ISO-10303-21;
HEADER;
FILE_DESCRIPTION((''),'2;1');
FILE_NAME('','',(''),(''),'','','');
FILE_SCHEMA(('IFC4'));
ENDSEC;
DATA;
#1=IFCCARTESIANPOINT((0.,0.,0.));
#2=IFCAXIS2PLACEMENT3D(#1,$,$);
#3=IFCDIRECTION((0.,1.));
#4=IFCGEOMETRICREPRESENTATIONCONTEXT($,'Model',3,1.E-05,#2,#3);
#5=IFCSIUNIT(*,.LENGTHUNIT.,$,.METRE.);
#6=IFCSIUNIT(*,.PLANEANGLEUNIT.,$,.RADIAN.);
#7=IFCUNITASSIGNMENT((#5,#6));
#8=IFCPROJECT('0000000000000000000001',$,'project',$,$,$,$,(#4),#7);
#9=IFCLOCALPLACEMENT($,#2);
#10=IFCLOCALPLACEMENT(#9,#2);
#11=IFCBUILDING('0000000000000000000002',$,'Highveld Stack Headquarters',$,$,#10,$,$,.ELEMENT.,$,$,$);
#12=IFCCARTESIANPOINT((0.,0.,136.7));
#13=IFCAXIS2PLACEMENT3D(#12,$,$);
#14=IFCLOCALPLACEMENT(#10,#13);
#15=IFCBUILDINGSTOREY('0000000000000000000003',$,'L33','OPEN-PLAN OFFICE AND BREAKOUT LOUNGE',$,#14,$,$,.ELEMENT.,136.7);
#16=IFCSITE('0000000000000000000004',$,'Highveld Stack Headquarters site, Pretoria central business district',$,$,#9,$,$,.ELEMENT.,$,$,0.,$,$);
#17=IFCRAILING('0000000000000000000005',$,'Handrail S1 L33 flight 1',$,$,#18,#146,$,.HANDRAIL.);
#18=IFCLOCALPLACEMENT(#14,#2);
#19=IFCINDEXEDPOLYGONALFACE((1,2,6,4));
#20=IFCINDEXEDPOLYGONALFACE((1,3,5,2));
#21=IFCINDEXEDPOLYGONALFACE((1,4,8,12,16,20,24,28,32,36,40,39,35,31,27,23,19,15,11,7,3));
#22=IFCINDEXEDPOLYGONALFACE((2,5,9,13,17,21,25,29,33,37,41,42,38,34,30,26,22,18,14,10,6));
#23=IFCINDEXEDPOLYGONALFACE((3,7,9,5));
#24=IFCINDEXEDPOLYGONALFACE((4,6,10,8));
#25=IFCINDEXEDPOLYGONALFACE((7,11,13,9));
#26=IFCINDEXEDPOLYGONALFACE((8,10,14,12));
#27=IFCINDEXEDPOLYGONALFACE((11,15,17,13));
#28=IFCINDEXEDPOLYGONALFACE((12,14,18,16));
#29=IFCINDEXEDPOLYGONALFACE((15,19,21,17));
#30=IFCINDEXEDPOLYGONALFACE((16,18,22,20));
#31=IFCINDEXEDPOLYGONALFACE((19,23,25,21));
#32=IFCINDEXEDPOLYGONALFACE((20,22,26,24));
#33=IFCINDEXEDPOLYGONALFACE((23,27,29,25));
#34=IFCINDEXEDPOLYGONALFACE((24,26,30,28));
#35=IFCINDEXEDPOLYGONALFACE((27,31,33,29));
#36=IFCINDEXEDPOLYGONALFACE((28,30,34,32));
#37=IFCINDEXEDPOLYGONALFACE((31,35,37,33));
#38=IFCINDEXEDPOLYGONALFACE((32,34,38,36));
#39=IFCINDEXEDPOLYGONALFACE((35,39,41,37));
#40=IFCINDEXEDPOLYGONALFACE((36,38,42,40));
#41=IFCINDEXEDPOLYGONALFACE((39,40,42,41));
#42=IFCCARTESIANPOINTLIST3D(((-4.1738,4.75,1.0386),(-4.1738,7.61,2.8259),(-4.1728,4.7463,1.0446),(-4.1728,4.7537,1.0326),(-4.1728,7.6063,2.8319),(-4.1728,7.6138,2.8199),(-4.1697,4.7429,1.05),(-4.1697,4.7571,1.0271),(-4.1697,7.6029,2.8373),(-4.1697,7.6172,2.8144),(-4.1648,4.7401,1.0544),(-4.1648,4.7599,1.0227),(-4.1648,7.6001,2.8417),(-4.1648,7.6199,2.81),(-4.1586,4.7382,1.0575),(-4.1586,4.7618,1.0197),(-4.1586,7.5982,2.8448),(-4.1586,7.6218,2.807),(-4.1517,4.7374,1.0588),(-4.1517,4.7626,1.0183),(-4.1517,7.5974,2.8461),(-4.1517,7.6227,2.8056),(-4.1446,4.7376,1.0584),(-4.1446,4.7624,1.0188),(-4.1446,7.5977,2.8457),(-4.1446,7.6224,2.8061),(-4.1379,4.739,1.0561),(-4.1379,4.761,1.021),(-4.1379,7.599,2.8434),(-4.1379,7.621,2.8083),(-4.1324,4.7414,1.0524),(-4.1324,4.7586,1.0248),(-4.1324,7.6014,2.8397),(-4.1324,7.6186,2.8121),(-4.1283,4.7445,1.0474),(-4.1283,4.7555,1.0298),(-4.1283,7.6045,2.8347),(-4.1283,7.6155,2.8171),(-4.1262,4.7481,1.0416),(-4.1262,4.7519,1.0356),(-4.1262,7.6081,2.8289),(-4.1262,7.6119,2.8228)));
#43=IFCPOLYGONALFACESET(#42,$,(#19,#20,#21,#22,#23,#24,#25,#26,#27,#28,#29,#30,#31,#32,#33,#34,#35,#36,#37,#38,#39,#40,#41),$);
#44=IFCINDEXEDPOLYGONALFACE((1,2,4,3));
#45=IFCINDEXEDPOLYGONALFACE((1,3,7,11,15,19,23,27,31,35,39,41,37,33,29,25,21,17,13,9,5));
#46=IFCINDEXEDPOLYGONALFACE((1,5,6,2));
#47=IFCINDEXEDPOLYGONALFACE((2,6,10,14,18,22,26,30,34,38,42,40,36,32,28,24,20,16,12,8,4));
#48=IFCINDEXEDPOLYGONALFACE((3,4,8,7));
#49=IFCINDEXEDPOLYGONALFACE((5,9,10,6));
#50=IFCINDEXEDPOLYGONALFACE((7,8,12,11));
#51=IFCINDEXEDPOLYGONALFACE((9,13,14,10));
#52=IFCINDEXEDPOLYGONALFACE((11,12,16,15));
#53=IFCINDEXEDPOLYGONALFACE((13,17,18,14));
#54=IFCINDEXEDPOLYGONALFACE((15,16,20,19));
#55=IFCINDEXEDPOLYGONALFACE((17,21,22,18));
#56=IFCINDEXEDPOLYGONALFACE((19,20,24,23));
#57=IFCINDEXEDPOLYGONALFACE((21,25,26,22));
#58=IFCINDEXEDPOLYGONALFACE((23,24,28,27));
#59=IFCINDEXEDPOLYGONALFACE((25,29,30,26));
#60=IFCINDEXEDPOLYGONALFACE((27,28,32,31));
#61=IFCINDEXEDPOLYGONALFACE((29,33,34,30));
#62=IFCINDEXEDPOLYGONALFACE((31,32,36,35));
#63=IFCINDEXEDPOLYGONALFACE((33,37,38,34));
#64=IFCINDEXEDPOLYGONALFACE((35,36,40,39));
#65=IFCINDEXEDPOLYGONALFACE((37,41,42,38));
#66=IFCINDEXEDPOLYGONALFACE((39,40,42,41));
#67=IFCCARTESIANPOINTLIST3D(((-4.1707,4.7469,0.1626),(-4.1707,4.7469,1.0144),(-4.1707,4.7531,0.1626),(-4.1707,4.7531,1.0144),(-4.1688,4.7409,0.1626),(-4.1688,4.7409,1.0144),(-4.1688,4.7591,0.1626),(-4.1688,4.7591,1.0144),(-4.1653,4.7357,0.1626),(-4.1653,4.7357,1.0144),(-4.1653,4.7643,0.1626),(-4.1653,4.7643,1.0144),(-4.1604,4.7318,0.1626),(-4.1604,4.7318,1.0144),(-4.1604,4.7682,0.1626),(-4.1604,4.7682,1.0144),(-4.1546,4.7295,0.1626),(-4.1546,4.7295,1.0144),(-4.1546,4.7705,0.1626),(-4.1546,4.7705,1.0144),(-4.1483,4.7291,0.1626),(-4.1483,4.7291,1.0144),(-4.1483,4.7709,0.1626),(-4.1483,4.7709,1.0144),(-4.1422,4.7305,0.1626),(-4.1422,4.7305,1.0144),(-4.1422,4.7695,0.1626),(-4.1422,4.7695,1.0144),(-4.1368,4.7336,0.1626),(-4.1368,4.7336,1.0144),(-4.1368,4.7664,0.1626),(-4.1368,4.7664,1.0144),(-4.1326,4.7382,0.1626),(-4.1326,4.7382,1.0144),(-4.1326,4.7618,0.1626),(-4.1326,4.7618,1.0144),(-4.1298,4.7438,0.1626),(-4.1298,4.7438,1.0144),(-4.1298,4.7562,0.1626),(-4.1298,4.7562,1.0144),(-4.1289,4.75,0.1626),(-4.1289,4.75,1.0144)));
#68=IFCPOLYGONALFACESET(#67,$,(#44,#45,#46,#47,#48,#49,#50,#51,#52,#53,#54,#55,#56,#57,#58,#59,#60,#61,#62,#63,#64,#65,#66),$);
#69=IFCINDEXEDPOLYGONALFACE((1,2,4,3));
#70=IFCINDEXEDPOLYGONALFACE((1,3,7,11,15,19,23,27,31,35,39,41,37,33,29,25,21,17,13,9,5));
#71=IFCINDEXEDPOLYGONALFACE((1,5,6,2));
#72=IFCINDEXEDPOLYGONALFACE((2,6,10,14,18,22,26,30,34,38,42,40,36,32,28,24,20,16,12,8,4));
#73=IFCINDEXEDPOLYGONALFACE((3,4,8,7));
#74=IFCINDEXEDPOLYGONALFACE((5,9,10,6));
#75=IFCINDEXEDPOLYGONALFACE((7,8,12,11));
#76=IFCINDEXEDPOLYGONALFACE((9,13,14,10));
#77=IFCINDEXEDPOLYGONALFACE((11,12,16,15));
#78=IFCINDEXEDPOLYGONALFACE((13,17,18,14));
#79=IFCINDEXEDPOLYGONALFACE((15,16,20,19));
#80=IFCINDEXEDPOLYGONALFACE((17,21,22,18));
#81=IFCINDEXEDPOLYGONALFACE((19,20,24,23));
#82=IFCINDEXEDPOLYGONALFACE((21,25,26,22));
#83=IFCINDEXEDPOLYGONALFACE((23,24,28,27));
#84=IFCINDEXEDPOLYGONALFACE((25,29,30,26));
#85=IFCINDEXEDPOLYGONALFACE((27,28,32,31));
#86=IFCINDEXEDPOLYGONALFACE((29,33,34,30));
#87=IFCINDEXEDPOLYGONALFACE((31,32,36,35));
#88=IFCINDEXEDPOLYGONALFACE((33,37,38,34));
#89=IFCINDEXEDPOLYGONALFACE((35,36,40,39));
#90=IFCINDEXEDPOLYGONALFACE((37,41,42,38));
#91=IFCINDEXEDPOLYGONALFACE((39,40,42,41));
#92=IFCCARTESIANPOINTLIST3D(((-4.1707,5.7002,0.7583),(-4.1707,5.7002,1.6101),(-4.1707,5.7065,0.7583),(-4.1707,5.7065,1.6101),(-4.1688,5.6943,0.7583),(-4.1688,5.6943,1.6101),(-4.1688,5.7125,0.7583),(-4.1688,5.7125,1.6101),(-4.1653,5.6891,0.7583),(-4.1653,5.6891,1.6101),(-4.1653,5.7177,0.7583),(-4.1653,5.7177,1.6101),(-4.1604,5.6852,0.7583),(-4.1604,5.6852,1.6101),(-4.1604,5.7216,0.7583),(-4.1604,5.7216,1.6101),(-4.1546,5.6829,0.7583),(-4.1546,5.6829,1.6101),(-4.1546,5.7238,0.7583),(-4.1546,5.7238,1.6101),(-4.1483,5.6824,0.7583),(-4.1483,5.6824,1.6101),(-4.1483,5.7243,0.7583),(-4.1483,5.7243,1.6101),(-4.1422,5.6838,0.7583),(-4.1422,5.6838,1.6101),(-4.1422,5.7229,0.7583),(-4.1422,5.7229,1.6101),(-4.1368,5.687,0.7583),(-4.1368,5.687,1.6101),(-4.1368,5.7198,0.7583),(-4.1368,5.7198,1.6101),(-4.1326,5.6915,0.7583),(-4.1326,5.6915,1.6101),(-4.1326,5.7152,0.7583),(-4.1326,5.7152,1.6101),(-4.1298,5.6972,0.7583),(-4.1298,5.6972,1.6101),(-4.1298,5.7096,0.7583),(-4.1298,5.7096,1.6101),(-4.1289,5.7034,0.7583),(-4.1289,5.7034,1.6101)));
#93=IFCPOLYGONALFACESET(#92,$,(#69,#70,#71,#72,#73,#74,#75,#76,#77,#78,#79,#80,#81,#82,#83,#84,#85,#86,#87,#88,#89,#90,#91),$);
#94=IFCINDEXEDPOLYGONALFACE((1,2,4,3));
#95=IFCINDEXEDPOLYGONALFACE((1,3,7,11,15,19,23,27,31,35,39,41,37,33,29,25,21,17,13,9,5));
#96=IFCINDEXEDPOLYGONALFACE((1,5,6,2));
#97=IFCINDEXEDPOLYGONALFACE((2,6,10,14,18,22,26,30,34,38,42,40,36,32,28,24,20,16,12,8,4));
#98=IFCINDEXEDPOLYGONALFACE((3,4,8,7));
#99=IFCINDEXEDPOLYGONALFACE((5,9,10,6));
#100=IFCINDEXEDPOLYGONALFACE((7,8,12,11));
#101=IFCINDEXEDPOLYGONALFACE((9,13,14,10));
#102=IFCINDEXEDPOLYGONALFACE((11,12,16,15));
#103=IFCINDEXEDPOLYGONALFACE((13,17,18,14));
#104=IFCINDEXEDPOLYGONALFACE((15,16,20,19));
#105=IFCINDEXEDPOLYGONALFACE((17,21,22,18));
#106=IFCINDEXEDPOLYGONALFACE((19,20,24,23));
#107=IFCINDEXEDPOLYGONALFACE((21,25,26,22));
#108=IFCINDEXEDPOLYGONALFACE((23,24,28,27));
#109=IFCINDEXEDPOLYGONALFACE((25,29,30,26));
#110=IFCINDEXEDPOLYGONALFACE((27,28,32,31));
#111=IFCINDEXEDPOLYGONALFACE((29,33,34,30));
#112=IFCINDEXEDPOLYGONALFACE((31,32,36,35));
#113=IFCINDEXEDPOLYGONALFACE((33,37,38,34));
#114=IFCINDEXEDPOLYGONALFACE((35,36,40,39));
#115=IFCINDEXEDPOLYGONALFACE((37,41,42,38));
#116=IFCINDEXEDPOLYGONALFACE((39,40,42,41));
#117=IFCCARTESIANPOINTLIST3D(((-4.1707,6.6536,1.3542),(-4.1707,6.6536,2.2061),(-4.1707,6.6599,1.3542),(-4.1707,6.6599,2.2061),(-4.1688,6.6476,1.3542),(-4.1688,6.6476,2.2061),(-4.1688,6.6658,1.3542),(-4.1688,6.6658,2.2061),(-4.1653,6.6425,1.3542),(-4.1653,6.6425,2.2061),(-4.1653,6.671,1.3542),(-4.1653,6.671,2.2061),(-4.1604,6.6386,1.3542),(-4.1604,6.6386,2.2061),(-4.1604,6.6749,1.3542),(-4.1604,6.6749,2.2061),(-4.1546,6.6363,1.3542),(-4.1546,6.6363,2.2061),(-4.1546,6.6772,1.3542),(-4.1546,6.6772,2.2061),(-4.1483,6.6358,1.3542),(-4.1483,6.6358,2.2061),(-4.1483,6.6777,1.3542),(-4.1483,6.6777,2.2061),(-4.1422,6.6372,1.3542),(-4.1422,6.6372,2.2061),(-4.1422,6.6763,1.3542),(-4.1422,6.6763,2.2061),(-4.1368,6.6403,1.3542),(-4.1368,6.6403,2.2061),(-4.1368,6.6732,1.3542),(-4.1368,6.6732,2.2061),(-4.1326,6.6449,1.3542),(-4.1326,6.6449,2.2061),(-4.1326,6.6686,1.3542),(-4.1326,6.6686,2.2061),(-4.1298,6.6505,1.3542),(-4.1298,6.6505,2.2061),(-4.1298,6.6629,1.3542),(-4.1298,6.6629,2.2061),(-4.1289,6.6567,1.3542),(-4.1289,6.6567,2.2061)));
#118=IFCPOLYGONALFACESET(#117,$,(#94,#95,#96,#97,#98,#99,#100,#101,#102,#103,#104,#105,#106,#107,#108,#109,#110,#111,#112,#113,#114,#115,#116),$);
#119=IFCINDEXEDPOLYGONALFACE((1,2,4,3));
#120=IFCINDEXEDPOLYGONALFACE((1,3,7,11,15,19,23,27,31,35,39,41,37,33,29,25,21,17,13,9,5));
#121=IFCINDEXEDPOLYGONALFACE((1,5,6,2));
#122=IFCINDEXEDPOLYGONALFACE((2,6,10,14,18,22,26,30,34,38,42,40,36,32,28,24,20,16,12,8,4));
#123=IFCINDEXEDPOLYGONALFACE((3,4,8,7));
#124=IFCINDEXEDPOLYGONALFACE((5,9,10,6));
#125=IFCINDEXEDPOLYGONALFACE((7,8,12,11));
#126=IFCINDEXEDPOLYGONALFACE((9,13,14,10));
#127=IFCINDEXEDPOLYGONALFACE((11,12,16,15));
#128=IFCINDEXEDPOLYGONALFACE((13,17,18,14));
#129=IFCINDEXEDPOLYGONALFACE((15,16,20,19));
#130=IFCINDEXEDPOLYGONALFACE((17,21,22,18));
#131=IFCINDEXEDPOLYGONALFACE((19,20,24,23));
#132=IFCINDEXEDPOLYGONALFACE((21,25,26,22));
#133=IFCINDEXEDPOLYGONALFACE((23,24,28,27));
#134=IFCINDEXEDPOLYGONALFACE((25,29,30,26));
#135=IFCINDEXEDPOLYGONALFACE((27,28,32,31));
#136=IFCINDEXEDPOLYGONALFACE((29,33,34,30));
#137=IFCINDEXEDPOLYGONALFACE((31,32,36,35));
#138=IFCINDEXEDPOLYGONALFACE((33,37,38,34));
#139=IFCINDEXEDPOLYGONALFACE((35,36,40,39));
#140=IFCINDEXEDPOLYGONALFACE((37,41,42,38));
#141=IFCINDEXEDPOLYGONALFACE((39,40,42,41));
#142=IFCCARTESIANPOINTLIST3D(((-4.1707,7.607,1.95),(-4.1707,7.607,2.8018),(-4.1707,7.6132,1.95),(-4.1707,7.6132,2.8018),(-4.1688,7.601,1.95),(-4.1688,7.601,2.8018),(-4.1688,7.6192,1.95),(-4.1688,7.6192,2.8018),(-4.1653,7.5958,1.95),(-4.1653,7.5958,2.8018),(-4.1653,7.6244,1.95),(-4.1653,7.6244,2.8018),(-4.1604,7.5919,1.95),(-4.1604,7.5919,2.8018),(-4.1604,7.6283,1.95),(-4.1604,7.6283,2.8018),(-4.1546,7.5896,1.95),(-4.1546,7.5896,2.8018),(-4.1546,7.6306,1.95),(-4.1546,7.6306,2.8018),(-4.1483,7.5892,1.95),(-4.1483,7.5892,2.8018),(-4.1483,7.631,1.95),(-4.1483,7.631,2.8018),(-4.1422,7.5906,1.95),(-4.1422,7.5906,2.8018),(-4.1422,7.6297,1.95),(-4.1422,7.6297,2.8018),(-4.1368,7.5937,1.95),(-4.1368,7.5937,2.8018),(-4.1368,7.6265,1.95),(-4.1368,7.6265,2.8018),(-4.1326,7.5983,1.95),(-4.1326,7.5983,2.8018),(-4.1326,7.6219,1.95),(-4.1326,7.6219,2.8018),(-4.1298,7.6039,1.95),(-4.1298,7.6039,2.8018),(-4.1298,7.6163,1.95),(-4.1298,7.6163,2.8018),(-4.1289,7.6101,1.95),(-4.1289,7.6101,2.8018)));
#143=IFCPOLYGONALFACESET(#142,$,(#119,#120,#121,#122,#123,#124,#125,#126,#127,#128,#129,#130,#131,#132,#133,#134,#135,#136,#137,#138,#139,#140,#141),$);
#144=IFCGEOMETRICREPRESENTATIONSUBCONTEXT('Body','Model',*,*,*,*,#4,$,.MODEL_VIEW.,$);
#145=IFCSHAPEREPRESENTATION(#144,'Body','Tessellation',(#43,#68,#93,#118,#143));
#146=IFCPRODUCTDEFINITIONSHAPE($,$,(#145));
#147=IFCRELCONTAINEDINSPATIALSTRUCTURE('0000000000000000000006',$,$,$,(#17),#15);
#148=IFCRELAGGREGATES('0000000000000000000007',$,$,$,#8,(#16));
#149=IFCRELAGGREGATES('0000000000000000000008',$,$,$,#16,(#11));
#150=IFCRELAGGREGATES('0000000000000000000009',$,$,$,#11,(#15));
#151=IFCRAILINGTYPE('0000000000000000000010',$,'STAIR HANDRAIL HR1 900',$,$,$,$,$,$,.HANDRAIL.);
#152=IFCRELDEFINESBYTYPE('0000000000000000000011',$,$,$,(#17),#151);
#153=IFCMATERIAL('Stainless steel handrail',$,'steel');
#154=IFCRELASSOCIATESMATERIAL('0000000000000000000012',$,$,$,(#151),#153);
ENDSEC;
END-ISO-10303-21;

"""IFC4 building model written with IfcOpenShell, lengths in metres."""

from ifc_helpers import new_model, si_unit, direction, frame, origin, origin_2d, place, context, subcontext, project, spatial, circle, extrude, material, type_object, element, save


model = new_model("IFC4")

# Units and contexts
model_context = context("Model", 3, precision=1e-05, world=origin(), true_north=direction((0.0, 1.0)))
body_context = subcontext(model_context, "Body", "Model", "MODEL_VIEW")
ifc_project = project(units=[si_unit("LENGTHUNIT", "METRE"), si_unit("PLANEANGLEUNIT", "RADIAN")], contexts=[model_context])

# Site, building, storey
site_placement = place(None, origin())
site = spatial("IfcSite", under=ifc_project, at=site_placement, Name="Highveld Stack Headquarters site, Pretoria central business district", CompositionType="ELEMENT", RefElevation=0.0)
building_placement = place(site_placement, origin())
building = spatial("IfcBuilding", under=site, at=building_placement, Name="Highveld Stack Headquarters", CompositionType="ELEMENT")
storey_placement = place(building_placement, frame((0.0, 0.0, 136.7)))
storey = spatial("IfcBuildingStorey", under=building, at=storey_placement, Name="L33", Description="OPEN-PLAN OFFICE AND BREAKOUT LOUNGE", CompositionType="ELEMENT", Elevation=136.7)

# Railing
ifc_material_1 = material(Name="Stainless steel handrail", Category="steel")
railing_type = type_object("IfcRailingType", Name="STAIR HANDRAIL HR1 900", PredefinedType="HANDRAIL", material=ifc_material_1)
for number, where, name in (
    (1, (-4.1499, 4.75, 0.1626), "Handrail S1 L33 flight 1"),
):
    element("IfcRailing", number, at=place(storey_placement, frame(where)), inside=storey, type_object=railing_type, Name=name, PredefinedType="HANDRAIL", context=body_context, shape_type="SweptSolid", body=[
        extrude(circle(Radius=0.0239, at=origin_2d()), frame((0.0, 0.0, 0.876), z_axis=(0.0, 0.848027, 0.529953), x_axis=(-1.0, 0.0, 0.0)), (0.0, 0.0, 1.0), 3.3726),
        extrude(circle(Radius=0.021, at=origin_2d()), origin(), (0.0, 0.0, 1.0), 0.8518),
        extrude(circle(Radius=0.021, at=origin_2d()), frame((0.0, 0.9534, 0.5957)), (0.0, 0.0, 1.0), 0.8518),
        extrude(circle(Radius=0.021, at=origin_2d()), frame((0.0, 1.9067, 1.1917)), (0.0, 0.0, 1.0), 0.8518),
        extrude(circle(Radius=0.021, at=origin_2d()), frame((0.0, 2.8601, 1.7874)), (0.0, 0.0, 1.0), 0.8518),
    ])

save(model, "model.ifc")
